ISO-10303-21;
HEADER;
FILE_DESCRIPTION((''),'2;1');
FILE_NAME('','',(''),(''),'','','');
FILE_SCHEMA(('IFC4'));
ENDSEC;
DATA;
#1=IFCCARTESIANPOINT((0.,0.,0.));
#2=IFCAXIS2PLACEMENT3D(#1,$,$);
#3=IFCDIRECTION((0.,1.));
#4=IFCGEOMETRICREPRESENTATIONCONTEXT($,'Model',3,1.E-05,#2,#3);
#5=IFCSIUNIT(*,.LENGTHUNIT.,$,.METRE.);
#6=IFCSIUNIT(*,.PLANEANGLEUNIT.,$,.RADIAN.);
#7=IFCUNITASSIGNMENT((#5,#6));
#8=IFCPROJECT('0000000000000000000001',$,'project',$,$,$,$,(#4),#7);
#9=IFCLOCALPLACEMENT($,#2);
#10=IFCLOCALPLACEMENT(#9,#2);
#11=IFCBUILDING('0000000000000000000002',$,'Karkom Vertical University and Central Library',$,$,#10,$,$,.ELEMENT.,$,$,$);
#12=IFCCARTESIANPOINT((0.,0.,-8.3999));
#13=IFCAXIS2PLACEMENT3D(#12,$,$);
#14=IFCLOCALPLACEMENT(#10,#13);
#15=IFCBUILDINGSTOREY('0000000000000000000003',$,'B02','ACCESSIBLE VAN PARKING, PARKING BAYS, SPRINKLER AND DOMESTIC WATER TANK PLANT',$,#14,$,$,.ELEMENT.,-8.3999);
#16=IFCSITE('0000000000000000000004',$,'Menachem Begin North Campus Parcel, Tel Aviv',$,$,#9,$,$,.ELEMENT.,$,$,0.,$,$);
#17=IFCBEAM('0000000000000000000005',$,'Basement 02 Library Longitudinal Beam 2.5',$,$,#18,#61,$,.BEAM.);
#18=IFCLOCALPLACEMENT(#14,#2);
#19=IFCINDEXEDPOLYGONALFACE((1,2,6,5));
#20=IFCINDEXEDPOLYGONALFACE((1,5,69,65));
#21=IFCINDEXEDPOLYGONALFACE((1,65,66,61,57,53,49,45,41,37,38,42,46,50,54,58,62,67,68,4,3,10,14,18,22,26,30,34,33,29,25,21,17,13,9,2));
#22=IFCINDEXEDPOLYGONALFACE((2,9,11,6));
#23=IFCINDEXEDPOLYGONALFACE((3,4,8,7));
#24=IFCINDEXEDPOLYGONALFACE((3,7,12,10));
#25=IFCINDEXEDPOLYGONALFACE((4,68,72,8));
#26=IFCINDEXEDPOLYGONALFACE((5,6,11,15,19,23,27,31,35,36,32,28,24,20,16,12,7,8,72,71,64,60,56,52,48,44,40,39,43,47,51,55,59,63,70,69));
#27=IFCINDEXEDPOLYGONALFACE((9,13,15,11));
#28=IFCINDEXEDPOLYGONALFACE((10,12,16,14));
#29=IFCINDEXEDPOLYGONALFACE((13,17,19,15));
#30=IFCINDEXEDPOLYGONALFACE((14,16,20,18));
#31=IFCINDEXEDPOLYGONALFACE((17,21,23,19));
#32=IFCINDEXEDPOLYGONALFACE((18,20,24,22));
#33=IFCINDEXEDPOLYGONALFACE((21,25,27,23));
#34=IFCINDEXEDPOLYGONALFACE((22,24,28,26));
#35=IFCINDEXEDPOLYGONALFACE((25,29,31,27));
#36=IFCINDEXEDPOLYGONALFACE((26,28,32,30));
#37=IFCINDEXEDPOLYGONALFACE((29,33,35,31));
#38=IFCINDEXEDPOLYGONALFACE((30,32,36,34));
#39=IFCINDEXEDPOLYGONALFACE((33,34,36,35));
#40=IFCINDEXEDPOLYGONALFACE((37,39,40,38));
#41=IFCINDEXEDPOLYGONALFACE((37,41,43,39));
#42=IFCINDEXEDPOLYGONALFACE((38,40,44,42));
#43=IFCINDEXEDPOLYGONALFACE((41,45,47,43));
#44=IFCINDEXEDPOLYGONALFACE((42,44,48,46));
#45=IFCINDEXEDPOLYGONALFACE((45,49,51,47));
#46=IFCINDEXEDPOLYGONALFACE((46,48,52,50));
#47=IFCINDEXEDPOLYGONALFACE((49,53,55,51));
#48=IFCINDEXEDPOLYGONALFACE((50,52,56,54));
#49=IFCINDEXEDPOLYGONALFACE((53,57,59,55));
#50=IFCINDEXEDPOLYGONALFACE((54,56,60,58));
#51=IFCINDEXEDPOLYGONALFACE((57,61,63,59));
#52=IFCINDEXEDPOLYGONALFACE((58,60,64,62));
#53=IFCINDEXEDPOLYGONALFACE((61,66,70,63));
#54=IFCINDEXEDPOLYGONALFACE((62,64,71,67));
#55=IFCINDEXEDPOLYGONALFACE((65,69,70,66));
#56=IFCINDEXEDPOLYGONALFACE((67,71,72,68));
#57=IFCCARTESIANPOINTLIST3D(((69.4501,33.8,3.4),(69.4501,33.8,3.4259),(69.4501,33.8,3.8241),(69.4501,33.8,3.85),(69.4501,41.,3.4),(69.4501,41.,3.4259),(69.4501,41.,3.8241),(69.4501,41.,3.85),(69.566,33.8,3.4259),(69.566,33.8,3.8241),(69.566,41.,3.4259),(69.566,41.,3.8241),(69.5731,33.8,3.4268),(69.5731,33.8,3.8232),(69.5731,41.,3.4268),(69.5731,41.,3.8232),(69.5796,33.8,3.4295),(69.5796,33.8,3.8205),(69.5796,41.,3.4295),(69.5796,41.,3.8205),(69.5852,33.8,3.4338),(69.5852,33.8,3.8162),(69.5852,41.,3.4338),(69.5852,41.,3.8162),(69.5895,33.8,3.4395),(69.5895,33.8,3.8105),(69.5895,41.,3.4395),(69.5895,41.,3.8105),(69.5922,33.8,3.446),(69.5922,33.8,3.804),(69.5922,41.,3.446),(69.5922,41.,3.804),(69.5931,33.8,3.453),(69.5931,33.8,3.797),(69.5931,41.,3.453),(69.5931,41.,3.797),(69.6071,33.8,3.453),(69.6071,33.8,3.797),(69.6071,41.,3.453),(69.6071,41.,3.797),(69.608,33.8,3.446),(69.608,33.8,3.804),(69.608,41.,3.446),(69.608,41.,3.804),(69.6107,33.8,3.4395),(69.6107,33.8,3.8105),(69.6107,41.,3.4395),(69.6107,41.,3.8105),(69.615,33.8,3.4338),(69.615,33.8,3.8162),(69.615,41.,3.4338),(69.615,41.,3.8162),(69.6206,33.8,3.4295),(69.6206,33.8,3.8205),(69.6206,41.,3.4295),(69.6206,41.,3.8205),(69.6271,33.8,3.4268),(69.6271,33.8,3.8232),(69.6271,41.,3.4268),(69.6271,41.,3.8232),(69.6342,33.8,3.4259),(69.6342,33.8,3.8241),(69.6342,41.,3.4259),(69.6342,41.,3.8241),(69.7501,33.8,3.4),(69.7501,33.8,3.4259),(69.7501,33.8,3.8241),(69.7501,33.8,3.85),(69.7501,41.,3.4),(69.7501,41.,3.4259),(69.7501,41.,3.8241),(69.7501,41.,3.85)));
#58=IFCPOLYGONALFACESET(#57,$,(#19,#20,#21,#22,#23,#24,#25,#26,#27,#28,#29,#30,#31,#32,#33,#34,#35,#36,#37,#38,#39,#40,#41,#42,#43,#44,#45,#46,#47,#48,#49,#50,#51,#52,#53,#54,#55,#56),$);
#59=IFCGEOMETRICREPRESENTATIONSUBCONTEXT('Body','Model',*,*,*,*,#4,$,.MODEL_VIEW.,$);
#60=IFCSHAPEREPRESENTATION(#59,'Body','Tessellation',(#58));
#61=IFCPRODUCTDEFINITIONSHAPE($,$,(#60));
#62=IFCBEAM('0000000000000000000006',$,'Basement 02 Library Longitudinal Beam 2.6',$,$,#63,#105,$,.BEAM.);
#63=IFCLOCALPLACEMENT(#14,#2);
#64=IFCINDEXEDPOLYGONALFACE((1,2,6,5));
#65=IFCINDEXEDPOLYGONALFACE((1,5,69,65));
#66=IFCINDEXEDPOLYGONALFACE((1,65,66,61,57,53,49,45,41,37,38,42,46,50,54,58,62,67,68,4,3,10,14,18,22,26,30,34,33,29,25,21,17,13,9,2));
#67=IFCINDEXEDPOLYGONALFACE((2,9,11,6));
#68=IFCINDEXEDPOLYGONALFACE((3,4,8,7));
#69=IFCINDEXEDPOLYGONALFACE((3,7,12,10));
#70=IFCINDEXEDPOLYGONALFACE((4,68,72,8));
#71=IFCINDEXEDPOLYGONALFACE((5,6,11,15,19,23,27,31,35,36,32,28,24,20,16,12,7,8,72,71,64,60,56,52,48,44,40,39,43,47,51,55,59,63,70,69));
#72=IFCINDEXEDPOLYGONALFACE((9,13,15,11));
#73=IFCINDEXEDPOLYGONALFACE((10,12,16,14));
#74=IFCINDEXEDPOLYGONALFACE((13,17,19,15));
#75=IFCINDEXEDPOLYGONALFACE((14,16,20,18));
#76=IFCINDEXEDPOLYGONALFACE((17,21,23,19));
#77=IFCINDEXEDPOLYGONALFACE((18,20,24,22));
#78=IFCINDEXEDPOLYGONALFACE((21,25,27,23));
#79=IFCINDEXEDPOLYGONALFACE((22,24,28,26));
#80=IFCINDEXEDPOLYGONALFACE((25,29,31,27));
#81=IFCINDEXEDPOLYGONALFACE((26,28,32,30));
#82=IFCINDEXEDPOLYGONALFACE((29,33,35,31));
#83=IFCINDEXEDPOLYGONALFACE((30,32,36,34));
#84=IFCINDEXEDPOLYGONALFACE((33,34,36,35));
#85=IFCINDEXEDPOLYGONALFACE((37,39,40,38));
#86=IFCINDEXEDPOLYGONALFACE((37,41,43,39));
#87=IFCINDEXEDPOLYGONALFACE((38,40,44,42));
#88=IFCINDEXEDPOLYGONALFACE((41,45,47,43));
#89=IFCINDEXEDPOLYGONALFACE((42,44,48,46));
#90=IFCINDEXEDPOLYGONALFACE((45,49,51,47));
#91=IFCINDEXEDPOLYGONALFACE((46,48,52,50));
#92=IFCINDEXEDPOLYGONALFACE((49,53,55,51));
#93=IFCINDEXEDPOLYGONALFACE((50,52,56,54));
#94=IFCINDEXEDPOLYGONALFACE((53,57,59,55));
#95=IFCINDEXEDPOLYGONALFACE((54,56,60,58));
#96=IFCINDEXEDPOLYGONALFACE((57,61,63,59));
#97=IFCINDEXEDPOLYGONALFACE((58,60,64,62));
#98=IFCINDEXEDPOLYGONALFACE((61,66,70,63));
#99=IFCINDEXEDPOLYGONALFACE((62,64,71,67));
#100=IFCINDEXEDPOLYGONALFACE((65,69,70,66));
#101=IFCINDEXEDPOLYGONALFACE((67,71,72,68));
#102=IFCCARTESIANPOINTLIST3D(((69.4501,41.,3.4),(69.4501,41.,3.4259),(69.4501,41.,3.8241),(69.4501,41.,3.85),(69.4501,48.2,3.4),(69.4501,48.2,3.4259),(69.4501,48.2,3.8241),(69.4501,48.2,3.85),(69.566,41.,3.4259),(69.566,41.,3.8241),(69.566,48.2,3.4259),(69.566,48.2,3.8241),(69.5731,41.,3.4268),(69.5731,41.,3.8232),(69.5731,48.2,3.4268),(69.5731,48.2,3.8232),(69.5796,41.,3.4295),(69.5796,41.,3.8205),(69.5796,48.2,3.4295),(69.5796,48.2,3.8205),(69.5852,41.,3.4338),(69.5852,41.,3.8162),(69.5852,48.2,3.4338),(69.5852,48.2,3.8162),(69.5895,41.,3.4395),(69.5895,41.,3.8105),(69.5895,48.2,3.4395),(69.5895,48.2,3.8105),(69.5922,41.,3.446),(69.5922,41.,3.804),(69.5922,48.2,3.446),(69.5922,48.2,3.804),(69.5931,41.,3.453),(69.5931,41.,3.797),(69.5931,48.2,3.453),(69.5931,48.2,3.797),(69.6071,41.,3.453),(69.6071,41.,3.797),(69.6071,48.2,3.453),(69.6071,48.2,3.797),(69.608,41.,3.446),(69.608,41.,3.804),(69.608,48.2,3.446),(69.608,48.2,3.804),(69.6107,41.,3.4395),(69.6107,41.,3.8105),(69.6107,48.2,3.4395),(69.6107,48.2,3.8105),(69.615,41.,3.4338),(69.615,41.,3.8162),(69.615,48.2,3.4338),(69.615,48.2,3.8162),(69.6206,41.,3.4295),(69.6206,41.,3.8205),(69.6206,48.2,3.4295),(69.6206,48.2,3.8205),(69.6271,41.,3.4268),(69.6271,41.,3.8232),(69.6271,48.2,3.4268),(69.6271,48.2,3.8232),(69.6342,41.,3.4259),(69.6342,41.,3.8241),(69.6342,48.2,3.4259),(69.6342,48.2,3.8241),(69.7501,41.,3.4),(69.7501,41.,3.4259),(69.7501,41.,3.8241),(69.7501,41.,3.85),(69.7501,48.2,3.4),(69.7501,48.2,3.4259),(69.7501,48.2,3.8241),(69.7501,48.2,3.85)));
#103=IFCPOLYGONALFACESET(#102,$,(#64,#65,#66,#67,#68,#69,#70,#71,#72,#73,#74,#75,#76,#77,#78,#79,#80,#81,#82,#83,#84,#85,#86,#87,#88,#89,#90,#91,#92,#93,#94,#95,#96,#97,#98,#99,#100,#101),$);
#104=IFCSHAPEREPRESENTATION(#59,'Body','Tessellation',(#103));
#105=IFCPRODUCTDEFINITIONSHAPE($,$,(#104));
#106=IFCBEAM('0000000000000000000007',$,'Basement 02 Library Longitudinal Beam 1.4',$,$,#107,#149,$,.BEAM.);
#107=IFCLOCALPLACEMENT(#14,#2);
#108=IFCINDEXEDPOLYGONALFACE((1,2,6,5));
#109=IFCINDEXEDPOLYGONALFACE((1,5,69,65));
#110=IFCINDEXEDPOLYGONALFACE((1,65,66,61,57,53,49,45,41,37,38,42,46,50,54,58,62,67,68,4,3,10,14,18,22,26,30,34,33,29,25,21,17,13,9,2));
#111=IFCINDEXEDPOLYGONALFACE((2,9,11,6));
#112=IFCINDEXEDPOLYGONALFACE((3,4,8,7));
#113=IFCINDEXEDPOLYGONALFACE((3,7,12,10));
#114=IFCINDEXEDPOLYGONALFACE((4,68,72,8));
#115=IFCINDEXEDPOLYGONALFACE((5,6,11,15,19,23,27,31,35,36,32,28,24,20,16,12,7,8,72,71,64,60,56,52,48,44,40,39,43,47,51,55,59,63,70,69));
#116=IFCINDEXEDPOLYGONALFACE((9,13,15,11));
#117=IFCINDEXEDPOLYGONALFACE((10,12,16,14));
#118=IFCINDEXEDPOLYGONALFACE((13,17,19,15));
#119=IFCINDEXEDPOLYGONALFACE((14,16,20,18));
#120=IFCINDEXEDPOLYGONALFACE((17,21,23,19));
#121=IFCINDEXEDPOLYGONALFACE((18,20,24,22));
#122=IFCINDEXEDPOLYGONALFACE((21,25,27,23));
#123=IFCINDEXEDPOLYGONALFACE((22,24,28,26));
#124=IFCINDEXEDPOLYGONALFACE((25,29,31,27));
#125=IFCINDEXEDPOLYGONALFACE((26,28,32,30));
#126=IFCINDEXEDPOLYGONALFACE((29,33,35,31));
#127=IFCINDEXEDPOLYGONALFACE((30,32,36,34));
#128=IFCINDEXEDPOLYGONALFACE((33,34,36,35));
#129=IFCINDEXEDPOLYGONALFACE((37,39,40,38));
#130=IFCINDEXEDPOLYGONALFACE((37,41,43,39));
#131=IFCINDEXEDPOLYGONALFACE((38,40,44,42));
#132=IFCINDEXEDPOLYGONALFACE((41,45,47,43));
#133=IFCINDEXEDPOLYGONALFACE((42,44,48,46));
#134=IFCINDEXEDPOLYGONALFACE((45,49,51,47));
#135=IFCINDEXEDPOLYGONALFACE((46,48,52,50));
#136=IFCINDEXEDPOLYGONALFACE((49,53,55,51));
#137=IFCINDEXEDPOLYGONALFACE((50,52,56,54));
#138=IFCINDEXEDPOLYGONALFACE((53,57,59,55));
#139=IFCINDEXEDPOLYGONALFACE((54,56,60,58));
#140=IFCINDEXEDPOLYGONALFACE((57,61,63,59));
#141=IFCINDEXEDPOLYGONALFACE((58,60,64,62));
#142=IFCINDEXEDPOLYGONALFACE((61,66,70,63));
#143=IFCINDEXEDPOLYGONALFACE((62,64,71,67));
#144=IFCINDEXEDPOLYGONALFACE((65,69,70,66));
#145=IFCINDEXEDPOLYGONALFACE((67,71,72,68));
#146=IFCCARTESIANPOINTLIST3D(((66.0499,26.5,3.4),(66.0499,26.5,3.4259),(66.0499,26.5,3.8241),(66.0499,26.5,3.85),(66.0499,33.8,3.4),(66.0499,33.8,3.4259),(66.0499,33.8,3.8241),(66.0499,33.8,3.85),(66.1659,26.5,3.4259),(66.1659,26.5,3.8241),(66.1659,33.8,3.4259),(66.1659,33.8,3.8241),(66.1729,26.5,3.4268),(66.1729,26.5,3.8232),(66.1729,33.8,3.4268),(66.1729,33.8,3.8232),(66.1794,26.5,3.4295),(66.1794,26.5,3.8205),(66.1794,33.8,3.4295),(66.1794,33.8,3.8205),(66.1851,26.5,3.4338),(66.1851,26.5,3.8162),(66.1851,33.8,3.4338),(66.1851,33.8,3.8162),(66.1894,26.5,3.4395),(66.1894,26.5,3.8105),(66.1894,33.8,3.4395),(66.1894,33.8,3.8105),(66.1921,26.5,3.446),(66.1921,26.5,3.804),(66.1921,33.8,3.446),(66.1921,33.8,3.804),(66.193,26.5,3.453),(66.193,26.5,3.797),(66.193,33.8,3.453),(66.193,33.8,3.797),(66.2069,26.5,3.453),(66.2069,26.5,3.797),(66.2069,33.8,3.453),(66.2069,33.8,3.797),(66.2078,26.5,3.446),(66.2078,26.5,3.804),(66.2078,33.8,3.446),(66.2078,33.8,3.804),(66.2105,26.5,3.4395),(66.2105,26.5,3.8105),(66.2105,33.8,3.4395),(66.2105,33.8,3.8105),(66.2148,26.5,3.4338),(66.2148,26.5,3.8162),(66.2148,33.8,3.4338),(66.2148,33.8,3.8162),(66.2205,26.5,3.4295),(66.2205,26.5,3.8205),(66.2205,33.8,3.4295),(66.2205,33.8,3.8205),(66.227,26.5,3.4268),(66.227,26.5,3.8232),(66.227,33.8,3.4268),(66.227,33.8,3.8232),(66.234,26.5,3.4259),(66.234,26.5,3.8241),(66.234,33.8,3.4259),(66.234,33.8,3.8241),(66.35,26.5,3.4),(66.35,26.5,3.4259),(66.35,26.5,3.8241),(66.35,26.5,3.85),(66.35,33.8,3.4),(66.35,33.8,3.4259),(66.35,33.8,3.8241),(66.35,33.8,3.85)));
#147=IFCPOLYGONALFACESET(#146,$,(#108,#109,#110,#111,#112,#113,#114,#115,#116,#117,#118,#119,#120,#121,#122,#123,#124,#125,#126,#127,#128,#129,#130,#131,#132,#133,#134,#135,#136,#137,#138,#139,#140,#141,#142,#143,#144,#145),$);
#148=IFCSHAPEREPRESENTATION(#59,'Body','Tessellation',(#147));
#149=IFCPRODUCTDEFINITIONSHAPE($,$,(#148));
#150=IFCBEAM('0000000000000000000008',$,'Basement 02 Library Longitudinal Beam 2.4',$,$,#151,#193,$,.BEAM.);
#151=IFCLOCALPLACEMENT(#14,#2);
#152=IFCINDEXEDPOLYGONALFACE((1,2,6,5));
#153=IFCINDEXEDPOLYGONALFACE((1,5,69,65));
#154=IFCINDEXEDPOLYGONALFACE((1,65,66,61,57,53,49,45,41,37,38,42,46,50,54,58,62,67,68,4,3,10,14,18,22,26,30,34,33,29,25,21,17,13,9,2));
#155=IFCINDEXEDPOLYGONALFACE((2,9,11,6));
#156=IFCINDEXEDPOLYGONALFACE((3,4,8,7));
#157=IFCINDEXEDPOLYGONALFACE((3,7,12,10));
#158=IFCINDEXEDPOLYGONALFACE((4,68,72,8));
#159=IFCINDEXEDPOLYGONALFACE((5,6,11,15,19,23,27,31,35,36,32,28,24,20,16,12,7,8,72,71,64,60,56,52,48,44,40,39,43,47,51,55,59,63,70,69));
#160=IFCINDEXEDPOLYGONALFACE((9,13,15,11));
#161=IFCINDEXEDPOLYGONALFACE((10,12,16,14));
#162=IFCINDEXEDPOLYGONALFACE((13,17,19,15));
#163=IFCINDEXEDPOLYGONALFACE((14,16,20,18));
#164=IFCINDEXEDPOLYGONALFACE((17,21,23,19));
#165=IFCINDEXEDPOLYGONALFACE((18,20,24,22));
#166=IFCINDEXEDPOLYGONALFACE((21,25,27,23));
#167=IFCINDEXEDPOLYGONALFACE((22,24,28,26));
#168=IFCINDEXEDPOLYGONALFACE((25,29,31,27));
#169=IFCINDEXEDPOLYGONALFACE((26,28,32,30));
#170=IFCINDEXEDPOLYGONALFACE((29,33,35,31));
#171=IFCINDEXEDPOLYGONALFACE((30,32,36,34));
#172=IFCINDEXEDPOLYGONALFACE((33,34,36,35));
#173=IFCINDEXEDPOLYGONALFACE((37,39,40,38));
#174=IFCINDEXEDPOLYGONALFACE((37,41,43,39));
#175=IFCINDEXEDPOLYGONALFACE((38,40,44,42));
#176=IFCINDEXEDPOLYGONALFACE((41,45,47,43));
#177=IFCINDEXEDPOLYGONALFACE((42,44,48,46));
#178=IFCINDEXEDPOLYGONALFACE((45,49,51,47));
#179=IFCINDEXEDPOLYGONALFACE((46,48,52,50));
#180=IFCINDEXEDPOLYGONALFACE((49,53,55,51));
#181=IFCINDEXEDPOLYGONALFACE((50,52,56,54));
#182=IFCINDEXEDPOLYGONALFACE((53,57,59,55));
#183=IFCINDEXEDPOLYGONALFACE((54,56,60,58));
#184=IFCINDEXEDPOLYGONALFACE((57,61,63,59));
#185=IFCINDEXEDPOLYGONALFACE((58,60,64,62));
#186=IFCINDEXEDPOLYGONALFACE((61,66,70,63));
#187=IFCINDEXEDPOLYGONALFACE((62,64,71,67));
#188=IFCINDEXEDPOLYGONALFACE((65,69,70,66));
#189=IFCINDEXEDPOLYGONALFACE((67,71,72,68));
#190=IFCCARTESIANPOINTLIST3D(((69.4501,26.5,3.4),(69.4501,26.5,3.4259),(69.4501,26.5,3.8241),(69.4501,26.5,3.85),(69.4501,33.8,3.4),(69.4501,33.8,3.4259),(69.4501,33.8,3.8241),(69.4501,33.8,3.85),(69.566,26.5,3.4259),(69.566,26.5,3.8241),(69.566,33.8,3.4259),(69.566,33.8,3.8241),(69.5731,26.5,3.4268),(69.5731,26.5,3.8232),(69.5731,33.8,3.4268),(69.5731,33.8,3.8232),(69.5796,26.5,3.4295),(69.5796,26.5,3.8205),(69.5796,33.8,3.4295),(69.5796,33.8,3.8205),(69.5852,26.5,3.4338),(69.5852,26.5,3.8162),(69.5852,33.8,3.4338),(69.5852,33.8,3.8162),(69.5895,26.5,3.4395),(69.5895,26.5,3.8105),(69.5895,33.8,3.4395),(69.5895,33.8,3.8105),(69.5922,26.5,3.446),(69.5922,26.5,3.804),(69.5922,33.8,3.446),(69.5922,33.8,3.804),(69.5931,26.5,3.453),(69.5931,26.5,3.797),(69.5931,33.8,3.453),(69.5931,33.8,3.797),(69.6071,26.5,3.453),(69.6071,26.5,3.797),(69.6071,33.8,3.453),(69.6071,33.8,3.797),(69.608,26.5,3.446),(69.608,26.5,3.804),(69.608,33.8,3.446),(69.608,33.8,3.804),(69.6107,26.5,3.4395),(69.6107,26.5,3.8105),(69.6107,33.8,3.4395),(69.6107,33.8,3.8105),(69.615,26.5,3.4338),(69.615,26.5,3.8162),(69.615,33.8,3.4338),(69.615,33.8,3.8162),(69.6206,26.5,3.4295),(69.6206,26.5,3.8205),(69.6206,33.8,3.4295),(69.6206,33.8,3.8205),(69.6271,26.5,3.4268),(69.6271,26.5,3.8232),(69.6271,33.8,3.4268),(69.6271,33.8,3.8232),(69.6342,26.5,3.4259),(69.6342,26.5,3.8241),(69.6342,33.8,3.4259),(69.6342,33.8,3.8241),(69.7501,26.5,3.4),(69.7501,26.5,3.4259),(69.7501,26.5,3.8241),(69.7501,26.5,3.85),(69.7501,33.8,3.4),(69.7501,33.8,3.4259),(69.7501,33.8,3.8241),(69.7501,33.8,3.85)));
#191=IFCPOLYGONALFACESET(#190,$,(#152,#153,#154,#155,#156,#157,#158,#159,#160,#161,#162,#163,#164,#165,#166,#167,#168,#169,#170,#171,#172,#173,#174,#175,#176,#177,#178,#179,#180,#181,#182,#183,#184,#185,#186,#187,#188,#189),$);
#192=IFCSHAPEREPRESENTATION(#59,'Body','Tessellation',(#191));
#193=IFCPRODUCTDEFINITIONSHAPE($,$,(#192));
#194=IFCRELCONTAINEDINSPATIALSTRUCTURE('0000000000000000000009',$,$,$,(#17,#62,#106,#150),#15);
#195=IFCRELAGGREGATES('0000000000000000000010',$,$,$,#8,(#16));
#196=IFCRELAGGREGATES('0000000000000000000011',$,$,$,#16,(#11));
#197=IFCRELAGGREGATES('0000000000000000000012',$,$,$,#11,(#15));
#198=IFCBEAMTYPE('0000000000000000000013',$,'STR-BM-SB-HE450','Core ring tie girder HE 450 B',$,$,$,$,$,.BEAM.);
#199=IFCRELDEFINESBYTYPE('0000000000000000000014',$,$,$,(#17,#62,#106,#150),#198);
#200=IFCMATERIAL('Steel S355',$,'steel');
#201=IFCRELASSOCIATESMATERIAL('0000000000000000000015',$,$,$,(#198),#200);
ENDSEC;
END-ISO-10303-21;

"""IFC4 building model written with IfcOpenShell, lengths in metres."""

from ifc_helpers import new_model, si_unit, direction, frame, origin, origin_with_axes, origin_2d, place, context, subcontext, project, spatial, i_section, extrude, source, transform, mapped, material, material_profile, profile_set, type_object, element, save


model = new_model("IFC4")

# Units and contexts
model_context = context("Model", 3, precision=1e-05, world=origin(), true_north=direction((0.0, 1.0)))
body_context = subcontext(model_context, "Body", "Model", "MODEL_VIEW")
ifc_project = project(units=[si_unit("LENGTHUNIT", "METRE"), si_unit("PLANEANGLEUNIT", "RADIAN")], contexts=[model_context])

# Site, building, storey
site_placement = place(None, origin())
site = spatial("IfcSite", under=ifc_project, at=site_placement, Name="Menachem Begin North Campus Parcel, Tel Aviv", CompositionType="ELEMENT", RefElevation=0.0)
building_placement = place(site_placement, origin())
building = spatial("IfcBuilding", under=site, at=building_placement, Name="Karkom Vertical University and Central Library", CompositionType="ELEMENT")
storey_placement = place(building_placement, frame((0.0, 0.0, -8.3999)))
storey = spatial("IfcBuildingStorey", under=building, at=storey_placement, Name="B02", Description="ACCESSIBLE VAN PARKING, PARKING BAYS, SPRINKLER AND DOMESTIC WATER TANK PLANT", CompositionType="ELEMENT", Elevation=-8.3999)

# Beams
ifc_material_1 = material(Name="Steel S355", Category="steel")
ifc_material_profile_1 = material_profile(ifc_material_1, i_section(OverallWidth=0.3, OverallDepth=0.45, WebThickness=0.0139, FlangeThickness=0.0259, FilletRadius=0.0271, at=origin_2d()), Name="HE 450 B")
ifc_profile_set_1 = profile_set([ifc_material_profile_1], Name="Steel S355")
beam_type_1 = type_object("IfcBeamType", Name="STR-BM-SB-HE450", Description="Core ring tie girder HE 450 B", PredefinedType="BEAM", material=ifc_profile_set_1)
shared_shape_1 = source(origin_with_axes(), body_context, "Body", "SweptSolid", [
    extrude(i_section(OverallWidth=0.3, OverallDepth=0.45, WebThickness=0.0139, FlangeThickness=0.0259, FilletRadius=0.0271, at=origin_2d()), origin(), (0.0, 0.0, 1.0), 7.2),
])
for number, where, z_axis, x_axis, name in (
    (1, (69.6001, 33.8, 3.625), (0.0, 1.0, 0.0), (-1.0, 0.0, 0.0), "Basement 02 Library Longitudinal Beam 2.5"),
    (2, (69.6001, 41.0, 3.625), (0.0, 1.0, 0.0), (-1.0, 0.0, 0.0), "Basement 02 Library Longitudinal Beam 2.6"),
):
    element("IfcBeam", number, at=place(storey_placement, frame(where, z_axis=z_axis, x_axis=x_axis)), inside=storey, type_object=beam_type_1, Name=name, PredefinedType="BEAM", context=body_context, shape_type="MappedRepresentation", body=[
        mapped(shared_shape_1, transform((0.0, 0.0, 0.0), scale=1.0)),
    ])
shared_shape_2 = source(origin_with_axes(), body_context, "Body", "SweptSolid", [
    extrude(i_section(OverallWidth=0.3, OverallDepth=0.45, WebThickness=0.0139, FlangeThickness=0.0259, FilletRadius=0.0271, at=origin_2d()), origin(), (0.0, 0.0, 1.0), 7.3),
])
for number, where, z_axis, x_axis, name in (
    (3, (66.2, 26.5, 3.625), (0.0, 1.0, 0.0), (-1.0, 0.0, 0.0), "Basement 02 Library Longitudinal Beam 1.4"),
    (4, (69.6001, 26.5, 3.625), (0.0, 1.0, 0.0), (-1.0, 0.0, 0.0), "Basement 02 Library Longitudinal Beam 2.4"),
):
    element("IfcBeam", number, at=place(storey_placement, frame(where, z_axis=z_axis, x_axis=x_axis)), inside=storey, type_object=beam_type_1, Name=name, PredefinedType="BEAM", context=body_context, shape_type="MappedRepresentation", body=[
        mapped(shared_shape_2, transform((0.0, 0.0, 0.0), scale=1.0)),
    ])

save(model, "model.ifc")
